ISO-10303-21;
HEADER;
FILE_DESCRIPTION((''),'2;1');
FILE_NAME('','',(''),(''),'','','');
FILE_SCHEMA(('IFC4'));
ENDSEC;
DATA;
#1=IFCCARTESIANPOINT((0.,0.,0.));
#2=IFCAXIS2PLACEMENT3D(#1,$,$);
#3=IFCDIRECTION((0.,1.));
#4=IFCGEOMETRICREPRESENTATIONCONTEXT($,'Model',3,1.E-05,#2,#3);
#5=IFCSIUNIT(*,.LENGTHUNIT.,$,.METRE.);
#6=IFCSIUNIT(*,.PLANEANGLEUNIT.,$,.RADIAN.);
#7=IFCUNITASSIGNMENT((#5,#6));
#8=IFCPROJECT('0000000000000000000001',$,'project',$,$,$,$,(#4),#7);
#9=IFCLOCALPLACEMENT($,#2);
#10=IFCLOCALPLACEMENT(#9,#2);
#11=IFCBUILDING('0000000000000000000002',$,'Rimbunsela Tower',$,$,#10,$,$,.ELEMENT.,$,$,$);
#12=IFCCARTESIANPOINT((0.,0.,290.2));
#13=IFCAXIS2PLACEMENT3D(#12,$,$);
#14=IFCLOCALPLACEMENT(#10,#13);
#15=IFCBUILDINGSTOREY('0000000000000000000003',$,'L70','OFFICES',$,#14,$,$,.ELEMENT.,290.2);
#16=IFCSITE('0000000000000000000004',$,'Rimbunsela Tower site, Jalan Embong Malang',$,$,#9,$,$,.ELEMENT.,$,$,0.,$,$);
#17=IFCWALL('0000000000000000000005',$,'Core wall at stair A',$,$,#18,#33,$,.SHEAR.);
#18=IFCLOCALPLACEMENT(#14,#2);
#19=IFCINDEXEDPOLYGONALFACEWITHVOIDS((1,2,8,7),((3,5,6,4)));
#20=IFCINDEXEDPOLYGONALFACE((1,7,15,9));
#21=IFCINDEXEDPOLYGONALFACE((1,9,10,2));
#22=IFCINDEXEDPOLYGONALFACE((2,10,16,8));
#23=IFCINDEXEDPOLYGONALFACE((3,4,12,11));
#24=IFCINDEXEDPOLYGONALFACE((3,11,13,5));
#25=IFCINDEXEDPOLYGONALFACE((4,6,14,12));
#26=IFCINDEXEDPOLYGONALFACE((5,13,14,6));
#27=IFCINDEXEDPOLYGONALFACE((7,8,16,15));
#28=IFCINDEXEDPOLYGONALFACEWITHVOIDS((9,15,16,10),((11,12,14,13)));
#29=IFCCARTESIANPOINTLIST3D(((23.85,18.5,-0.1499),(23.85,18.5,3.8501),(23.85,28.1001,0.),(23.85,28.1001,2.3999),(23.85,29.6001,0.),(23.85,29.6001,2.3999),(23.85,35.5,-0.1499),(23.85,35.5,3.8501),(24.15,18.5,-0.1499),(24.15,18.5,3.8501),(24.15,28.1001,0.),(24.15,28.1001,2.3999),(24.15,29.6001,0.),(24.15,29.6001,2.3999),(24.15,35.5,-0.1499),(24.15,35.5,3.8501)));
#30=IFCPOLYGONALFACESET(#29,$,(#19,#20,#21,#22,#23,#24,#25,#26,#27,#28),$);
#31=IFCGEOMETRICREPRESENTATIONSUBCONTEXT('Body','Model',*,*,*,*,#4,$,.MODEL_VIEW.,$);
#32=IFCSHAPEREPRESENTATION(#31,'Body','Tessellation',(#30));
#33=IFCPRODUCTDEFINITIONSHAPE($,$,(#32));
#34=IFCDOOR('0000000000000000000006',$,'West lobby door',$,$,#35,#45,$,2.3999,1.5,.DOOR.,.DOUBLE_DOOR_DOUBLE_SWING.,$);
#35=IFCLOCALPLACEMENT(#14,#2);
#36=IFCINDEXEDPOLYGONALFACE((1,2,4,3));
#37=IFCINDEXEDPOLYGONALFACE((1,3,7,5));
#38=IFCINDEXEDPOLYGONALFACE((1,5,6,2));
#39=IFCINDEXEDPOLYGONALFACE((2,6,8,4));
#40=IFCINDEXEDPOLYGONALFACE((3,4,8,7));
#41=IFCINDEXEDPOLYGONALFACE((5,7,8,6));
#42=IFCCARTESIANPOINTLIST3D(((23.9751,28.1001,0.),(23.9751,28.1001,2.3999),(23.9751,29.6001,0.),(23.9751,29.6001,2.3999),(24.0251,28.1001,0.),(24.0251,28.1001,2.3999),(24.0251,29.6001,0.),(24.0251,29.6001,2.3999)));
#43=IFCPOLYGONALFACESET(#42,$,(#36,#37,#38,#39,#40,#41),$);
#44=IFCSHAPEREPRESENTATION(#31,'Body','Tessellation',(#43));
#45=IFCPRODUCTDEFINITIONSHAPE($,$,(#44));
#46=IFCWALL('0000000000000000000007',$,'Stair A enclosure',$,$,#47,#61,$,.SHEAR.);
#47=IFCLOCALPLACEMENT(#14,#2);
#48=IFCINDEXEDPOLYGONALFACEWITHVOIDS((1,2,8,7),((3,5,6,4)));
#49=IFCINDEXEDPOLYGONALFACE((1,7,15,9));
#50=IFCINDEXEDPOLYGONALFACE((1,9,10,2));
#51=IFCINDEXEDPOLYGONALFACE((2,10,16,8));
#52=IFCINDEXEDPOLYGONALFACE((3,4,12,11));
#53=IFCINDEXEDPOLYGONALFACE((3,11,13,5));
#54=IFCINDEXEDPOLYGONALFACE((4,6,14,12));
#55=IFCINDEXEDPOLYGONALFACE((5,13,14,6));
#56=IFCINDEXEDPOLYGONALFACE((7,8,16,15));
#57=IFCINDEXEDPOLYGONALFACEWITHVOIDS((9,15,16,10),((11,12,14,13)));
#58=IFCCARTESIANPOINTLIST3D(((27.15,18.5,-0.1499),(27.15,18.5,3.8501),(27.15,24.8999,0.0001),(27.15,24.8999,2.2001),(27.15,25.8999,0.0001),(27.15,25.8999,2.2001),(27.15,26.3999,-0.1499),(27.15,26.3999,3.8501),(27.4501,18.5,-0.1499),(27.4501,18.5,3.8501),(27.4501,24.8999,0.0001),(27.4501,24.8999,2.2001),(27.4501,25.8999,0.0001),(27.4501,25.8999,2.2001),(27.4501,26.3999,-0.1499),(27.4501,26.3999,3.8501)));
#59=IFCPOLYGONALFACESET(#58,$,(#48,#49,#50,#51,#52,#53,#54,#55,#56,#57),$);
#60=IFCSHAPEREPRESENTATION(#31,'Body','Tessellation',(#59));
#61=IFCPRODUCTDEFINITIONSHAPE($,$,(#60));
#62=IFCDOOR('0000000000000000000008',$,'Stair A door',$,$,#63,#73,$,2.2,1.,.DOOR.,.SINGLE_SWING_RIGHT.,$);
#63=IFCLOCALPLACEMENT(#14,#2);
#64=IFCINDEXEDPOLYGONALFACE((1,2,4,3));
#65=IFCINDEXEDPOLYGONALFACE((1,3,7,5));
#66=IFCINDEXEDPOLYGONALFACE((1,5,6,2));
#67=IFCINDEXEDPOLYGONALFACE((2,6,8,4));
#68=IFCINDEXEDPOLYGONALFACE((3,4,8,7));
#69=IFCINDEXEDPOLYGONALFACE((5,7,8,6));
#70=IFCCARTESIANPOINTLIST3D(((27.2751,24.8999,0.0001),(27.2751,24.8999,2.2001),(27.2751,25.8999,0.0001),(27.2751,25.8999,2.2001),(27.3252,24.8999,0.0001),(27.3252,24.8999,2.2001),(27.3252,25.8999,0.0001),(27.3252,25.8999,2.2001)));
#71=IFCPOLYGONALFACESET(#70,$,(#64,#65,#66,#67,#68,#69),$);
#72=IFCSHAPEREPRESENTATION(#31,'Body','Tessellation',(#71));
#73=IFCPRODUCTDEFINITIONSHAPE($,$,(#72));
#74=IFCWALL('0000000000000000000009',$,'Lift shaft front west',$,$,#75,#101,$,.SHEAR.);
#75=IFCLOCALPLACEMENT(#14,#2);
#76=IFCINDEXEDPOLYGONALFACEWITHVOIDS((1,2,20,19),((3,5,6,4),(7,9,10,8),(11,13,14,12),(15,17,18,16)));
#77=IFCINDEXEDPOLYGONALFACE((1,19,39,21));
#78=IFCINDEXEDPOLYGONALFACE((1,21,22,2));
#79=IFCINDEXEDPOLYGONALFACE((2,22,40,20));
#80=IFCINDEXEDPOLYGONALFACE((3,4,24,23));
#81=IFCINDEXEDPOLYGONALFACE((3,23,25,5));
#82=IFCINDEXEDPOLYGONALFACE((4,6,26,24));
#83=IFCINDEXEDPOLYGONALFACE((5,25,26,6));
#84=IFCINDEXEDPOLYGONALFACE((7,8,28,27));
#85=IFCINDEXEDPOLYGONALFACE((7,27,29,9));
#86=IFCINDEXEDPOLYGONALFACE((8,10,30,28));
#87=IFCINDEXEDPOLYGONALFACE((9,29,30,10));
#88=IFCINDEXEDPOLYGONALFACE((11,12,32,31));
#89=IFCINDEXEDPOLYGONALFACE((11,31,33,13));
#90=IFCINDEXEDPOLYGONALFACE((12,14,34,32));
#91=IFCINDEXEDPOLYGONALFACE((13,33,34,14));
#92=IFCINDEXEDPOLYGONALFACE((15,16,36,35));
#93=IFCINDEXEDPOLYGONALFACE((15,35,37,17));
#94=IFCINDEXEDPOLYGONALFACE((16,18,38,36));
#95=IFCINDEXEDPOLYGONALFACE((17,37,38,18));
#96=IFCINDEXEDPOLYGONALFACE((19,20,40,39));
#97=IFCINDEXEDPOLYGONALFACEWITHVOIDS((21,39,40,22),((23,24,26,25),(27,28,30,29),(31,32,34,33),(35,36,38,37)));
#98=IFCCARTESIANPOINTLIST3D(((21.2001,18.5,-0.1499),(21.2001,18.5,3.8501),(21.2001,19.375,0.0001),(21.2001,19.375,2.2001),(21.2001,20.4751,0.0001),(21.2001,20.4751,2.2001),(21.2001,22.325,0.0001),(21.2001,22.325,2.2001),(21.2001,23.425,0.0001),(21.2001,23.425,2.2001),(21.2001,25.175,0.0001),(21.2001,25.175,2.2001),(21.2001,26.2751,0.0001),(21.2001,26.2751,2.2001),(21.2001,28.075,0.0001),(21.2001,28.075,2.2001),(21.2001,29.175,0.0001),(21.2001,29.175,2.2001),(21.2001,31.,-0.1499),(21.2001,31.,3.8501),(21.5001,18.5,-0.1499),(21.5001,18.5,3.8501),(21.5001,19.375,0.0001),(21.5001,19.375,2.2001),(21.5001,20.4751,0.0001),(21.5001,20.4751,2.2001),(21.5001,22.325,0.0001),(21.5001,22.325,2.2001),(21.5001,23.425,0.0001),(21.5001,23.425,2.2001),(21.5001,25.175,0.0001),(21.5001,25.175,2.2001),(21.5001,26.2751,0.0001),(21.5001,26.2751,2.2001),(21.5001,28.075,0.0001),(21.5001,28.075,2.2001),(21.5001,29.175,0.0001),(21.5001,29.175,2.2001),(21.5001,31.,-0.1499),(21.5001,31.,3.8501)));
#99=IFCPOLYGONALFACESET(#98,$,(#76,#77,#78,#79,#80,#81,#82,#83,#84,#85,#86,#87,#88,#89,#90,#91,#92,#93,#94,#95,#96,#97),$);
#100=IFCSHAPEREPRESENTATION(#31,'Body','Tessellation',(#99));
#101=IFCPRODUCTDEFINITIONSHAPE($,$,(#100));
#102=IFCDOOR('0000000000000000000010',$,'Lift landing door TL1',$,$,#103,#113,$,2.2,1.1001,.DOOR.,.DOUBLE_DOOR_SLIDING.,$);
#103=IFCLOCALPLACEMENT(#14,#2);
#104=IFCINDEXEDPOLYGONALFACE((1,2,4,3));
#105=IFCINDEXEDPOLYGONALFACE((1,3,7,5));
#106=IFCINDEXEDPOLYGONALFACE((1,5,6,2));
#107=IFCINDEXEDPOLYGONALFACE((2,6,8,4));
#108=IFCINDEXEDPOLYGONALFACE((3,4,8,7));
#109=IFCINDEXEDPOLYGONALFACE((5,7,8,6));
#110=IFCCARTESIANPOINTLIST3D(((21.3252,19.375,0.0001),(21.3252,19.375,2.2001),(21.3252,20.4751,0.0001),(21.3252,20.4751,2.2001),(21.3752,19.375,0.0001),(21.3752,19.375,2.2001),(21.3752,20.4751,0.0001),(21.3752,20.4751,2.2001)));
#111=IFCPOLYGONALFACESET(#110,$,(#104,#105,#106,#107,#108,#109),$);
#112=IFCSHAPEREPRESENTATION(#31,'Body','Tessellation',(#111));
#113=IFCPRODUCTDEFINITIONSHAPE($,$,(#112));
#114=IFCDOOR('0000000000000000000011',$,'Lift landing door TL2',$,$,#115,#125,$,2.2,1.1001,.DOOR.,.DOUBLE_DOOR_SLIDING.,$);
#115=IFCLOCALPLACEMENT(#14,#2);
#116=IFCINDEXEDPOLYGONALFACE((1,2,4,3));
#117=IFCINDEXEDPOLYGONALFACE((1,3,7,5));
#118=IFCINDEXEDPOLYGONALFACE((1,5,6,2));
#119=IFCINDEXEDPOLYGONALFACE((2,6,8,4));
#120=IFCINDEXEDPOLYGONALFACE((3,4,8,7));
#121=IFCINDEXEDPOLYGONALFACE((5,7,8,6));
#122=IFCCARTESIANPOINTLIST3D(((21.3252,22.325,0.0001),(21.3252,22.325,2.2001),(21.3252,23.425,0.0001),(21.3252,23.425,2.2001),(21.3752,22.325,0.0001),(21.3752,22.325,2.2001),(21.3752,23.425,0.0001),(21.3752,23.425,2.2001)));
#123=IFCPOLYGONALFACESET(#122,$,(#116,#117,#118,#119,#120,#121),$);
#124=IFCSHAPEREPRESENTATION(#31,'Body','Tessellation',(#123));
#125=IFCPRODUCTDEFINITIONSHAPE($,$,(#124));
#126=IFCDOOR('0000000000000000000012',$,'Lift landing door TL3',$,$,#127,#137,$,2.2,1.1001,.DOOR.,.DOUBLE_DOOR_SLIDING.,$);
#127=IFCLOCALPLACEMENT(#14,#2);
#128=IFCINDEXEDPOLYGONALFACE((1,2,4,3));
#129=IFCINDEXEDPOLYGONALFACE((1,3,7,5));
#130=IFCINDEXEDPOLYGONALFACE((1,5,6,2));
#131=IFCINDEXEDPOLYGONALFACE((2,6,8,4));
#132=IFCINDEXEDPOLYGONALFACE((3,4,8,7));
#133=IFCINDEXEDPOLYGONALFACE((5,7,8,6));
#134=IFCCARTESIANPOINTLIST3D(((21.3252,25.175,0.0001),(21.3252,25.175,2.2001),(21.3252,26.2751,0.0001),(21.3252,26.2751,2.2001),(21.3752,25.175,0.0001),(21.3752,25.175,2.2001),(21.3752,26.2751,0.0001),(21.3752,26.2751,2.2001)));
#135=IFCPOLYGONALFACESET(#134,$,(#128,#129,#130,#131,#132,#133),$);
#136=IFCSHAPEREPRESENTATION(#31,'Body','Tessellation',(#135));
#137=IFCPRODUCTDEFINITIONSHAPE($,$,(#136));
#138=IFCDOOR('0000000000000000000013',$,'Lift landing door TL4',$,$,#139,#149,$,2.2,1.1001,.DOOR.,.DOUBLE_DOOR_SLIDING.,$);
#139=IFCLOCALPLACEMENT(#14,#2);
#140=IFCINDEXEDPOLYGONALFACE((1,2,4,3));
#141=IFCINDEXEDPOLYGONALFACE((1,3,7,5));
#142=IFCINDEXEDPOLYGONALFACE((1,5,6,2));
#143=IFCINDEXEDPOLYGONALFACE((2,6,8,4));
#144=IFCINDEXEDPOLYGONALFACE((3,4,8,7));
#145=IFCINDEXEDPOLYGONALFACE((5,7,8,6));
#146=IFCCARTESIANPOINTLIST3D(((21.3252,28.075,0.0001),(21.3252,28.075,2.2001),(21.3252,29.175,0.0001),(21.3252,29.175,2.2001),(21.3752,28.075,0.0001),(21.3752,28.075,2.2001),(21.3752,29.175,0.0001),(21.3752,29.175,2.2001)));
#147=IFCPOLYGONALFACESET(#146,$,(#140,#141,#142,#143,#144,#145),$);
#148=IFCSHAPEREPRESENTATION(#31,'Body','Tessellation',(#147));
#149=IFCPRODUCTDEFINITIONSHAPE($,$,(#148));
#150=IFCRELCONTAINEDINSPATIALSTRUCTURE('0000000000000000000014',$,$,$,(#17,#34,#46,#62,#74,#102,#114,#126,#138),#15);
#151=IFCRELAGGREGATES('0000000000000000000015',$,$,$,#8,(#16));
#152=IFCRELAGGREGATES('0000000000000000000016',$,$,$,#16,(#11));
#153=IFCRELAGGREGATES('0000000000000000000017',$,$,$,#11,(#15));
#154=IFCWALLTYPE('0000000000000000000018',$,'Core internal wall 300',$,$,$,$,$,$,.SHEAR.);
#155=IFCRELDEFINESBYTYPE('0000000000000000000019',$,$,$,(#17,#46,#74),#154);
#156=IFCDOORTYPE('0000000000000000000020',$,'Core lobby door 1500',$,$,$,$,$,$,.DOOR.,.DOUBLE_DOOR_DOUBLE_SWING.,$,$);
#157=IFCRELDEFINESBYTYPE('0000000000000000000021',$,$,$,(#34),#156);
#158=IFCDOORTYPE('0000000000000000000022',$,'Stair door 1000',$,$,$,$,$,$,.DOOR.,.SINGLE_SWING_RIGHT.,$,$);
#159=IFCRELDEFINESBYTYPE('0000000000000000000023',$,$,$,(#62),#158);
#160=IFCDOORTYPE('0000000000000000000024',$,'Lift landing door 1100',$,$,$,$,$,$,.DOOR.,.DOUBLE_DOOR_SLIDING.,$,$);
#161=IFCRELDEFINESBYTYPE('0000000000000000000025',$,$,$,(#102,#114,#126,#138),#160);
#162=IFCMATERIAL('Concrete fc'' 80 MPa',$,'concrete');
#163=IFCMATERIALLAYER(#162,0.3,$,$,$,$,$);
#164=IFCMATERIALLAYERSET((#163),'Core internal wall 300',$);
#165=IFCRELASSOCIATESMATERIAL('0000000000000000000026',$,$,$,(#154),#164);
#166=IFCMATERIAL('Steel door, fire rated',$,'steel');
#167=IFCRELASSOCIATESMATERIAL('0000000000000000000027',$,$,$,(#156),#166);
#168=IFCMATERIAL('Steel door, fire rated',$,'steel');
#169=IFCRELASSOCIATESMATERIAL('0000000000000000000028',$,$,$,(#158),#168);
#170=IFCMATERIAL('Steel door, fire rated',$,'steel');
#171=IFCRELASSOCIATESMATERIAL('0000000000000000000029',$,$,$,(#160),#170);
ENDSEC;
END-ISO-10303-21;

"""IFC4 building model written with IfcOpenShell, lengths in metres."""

from ifc_helpers import new_model, si_unit, direction, frame, frame_2d, origin, place, context, subcontext, project, spatial, rectangle, extrude, material, layer, layer_set, type_object, element, fill, save


model = new_model("IFC4")

# Units and contexts
model_context = context("Model", 3, precision=1e-05, world=origin(), true_north=direction((0.0, 1.0)))
body_context = subcontext(model_context, "Body", "Model", "MODEL_VIEW")
ifc_project = project(units=[si_unit("LENGTHUNIT", "METRE"), si_unit("PLANEANGLEUNIT", "RADIAN")], contexts=[model_context])

# Site, building, storey
site_placement = place(None, origin())
site = spatial("IfcSite", under=ifc_project, at=site_placement, Name="Rimbunsela Tower site, Jalan Embong Malang", CompositionType="ELEMENT", RefElevation=0.0)
building_placement = place(site_placement, origin())
building = spatial("IfcBuilding", under=site, at=building_placement, Name="Rimbunsela Tower", CompositionType="ELEMENT")
storey_placement = place(building_placement, frame((0.0, 0.0, 290.2)))
storey = spatial("IfcBuildingStorey", under=building, at=storey_placement, Name="L70", Description="OFFICES", CompositionType="ELEMENT", Elevation=290.2)

# Walls, openings, doors
ifc_material_1 = material(Name="Concrete fc' 80 MPa", Category="concrete")
ifc_layer_1 = layer(ifc_material_1, 0.3)
ifc_layer_set_1 = layer_set([ifc_layer_1], Name="Core internal wall 300")
wall_type_1 = type_object("IfcWallType", Name="Core internal wall 300", PredefinedType="SHEAR", material=ifc_layer_set_1)
wall_1_placement = place(storey_placement, frame((24.0, 18.5, -0.1499), z_axis=(0.0, 0.0, 1.0), x_axis=(0.0, 1.0, 0.0)))
wall_1 = element("IfcWall", 1, at=wall_1_placement, inside=storey, type_object=wall_type_1, Name="Core wall at stair A", PredefinedType="SHEAR", context=body_context, shape_type="SweptSolid", body=[
    extrude(rectangle(XDim=17.0, YDim=0.3, at=frame_2d((8.5, 0.0))), origin(), (0.0, 0.0, 1.0), 4.0),
])
opening_1_placement = place(wall_1_placement, frame((9.6001, 0.0, 0.1499)))
opening_1 = element("IfcOpeningElement", 2, at=opening_1_placement, cuts=wall_1, PredefinedType="OPENING", context=body_context, shape_type="SweptSolid", body=[
    extrude(rectangle(XDim=1.5, YDim=2.3999, at=frame_2d((0.75, 1.2))), frame((0.0, 0.1599, 0.0), z_axis=(0.0, -1.0, 0.0), x_axis=(1.0, 0.0, 0.0)), (0.0, 0.0, 1.0), 0.3201),
])
ifc_material_2 = material(Name="Steel door, fire rated", Category="steel")
door_type_1 = type_object("IfcDoorType", Name="Core lobby door 1500", OperationType="DOUBLE_DOOR_DOUBLE_SWING", PredefinedType="DOOR", material=ifc_material_2)
door_1_placement = place(opening_1_placement, origin())
door_1 = element("IfcDoor", 3, at=door_1_placement, inside=storey, type_object=door_type_1, Name="West lobby door", OperationType="DOUBLE_DOOR_DOUBLE_SWING", OverallHeight=2.3999, OverallWidth=1.5, PredefinedType="DOOR", context=body_context, shape_type="SweptSolid", body=[
    extrude(rectangle(XDim=1.5, YDim=2.3999, at=frame_2d((0.75, 1.2))), frame((0.0, 0.0249, 0.0), z_axis=(0.0, -1.0, 0.0), x_axis=(1.0, 0.0, 0.0)), (0.0, 0.0, 1.0), 0.05),
])
fill(opening_1, door_1)
wall_2_placement = place(storey_placement, frame((27.3, 18.5, -0.1499), z_axis=(0.0, 0.0, 1.0), x_axis=(0.0, 1.0, 0.0)))
wall_2 = element("IfcWall", 4, at=wall_2_placement, inside=storey, type_object=wall_type_1, Name="Stair A enclosure", PredefinedType="SHEAR", context=body_context, shape_type="SweptSolid", body=[
    extrude(rectangle(XDim=7.8999, YDim=0.3, at=frame_2d((3.95, 0.0))), origin(), (0.0, 0.0, 1.0), 4.0),
])
opening_2_placement = place(wall_2_placement, frame((6.3999, 0.0, 0.1499)))
opening_2 = element("IfcOpeningElement", 5, at=opening_2_placement, cuts=wall_2, PredefinedType="OPENING", context=body_context, shape_type="SweptSolid", body=[
    extrude(rectangle(XDim=1.0, YDim=2.2, at=frame_2d((0.5, 1.1001))), frame((0.0, 0.1599, 0.0), z_axis=(0.0, -1.0, 0.0), x_axis=(1.0, 0.0, 0.0)), (0.0, 0.0, 1.0), 0.3201),
])
ifc_material_3 = material(Name="Steel door, fire rated", Category="steel")
door_type_2 = type_object("IfcDoorType", Name="Stair door 1000", OperationType="SINGLE_SWING_RIGHT", PredefinedType="DOOR", material=ifc_material_3)
door_2_placement = place(opening_2_placement, origin())
door_2 = element("IfcDoor", 6, at=door_2_placement, inside=storey, type_object=door_type_2, Name="Stair A door", OperationType="SINGLE_SWING_RIGHT", OverallHeight=2.2, OverallWidth=1.0, PredefinedType="DOOR", context=body_context, shape_type="SweptSolid", body=[
    extrude(rectangle(XDim=1.0, YDim=2.2, at=frame_2d((0.5, 1.1001))), frame((0.0, 0.0249, 0.0), z_axis=(0.0, -1.0, 0.0), x_axis=(1.0, 0.0, 0.0)), (0.0, 0.0, 1.0), 0.05),
])
fill(opening_2, door_2)

# Wall, openings, doors
wall_3_placement = place(storey_placement, frame((21.3501, 18.5, -0.1499), z_axis=(0.0, 0.0, 1.0), x_axis=(0.0, 1.0, 0.0)))
wall_3 = element("IfcWall", 7, at=wall_3_placement, inside=storey, type_object=wall_type_1, Name="Lift shaft front west", PredefinedType="SHEAR", context=body_context, shape_type="SweptSolid", body=[
    extrude(rectangle(XDim=12.5, YDim=0.3, at=frame_2d((6.25, 0.0))), origin(), (0.0, 0.0, 1.0), 4.0),
])
opening_3_placement = place(wall_3_placement, frame((0.875, 0.0, 0.1499)))
opening_3 = element("IfcOpeningElement", 8, at=opening_3_placement, cuts=wall_3, PredefinedType="OPENING", context=body_context, shape_type="SweptSolid", body=[
    extrude(rectangle(XDim=1.1001, YDim=2.2, at=frame_2d((0.55, 1.1001))), frame((0.0, 0.1599, 0.0), z_axis=(0.0, -1.0, 0.0), x_axis=(1.0, 0.0, 0.0)), (0.0, 0.0, 1.0), 0.3201),
])
opening_4_placement = place(wall_3_placement, frame((3.825, 0.0, 0.1499)))
opening_4 = element("IfcOpeningElement", 9, at=opening_4_placement, cuts=wall_3, PredefinedType="OPENING", context=body_context, shape_type="SweptSolid", body=[
    extrude(rectangle(XDim=1.1001, YDim=2.2, at=frame_2d((0.55, 1.1001))), frame((0.0, 0.1599, 0.0), z_axis=(0.0, -1.0, 0.0), x_axis=(1.0, 0.0, 0.0)), (0.0, 0.0, 1.0), 0.3201),
])
opening_5_placement = place(wall_3_placement, frame((6.675, 0.0, 0.1499)))
opening_5 = element("IfcOpeningElement", 10, at=opening_5_placement, cuts=wall_3, PredefinedType="OPENING", context=body_context, shape_type="SweptSolid", body=[
    extrude(rectangle(XDim=1.1001, YDim=2.2, at=frame_2d((0.55, 1.1001))), frame((0.0, 0.1599, 0.0), z_axis=(0.0, -1.0, 0.0), x_axis=(1.0, 0.0, 0.0)), (0.0, 0.0, 1.0), 0.3201),
])
opening_6_placement = place(wall_3_placement, frame((9.575, 0.0, 0.1499)))
opening_6 = element("IfcOpeningElement", 11, at=opening_6_placement, cuts=wall_3, PredefinedType="OPENING", context=body_context, shape_type="SweptSolid", body=[
    extrude(rectangle(XDim=1.1001, YDim=2.2, at=frame_2d((0.55, 1.1001))), frame((0.0, 0.1599, 0.0), z_axis=(0.0, -1.0, 0.0), x_axis=(1.0, 0.0, 0.0)), (0.0, 0.0, 1.0), 0.3201),
])
ifc_material_4 = material(Name="Steel door, fire rated", Category="steel")
door_type_3 = type_object("IfcDoorType", Name="Lift landing door 1100", OperationType="DOUBLE_DOOR_SLIDING", PredefinedType="DOOR", material=ifc_material_4)
door_3_placement = place(opening_3_placement, origin())
door_3 = element("IfcDoor", 12, at=door_3_placement, inside=storey, type_object=door_type_3, Name="Lift landing door TL1", OperationType="DOUBLE_DOOR_SLIDING", OverallHeight=2.2, OverallWidth=1.1001, PredefinedType="DOOR", context=body_context, shape_type="SweptSolid", body=[
    extrude(rectangle(XDim=1.1001, YDim=2.2, at=frame_2d((0.55, 1.1001))), frame((0.0, 0.0249, 0.0), z_axis=(0.0, -1.0, 0.0), x_axis=(1.0, 0.0, 0.0)), (0.0, 0.0, 1.0), 0.05),
])
fill(opening_3, door_3)
door_4_placement = place(opening_4_placement, origin())
door_4 = element("IfcDoor", 13, at=door_4_placement, inside=storey, type_object=door_type_3, Name="Lift landing door TL2", OperationType="DOUBLE_DOOR_SLIDING", OverallHeight=2.2, OverallWidth=1.1001, PredefinedType="DOOR", context=body_context, shape_type="SweptSolid", body=[
    extrude(rectangle(XDim=1.1001, YDim=2.2, at=frame_2d((0.55, 1.1001))), frame((0.0, 0.0249, 0.0), z_axis=(0.0, -1.0, 0.0), x_axis=(1.0, 0.0, 0.0)), (0.0, 0.0, 1.0), 0.05),
])
fill(opening_4, door_4)
door_5_placement = place(opening_5_placement, origin())
door_5 = element("IfcDoor", 14, at=door_5_placement, inside=storey, type_object=door_type_3, Name="Lift landing door TL3", OperationType="DOUBLE_DOOR_SLIDING", OverallHeight=2.2, OverallWidth=1.1001, PredefinedType="DOOR", context=body_context, shape_type="SweptSolid", body=[
    extrude(rectangle(XDim=1.1001, YDim=2.2, at=frame_2d((0.55, 1.1001))), frame((0.0, 0.0249, 0.0), z_axis=(0.0, -1.0, 0.0), x_axis=(1.0, 0.0, 0.0)), (0.0, 0.0, 1.0), 0.05),
])
fill(opening_5, door_5)
door_6_placement = place(opening_6_placement, origin())
door_6 = element("IfcDoor", 15, at=door_6_placement, inside=storey, type_object=door_type_3, Name="Lift landing door TL4", OperationType="DOUBLE_DOOR_SLIDING", OverallHeight=2.2, OverallWidth=1.1001, PredefinedType="DOOR", context=body_context, shape_type="SweptSolid", body=[
    extrude(rectangle(XDim=1.1001, YDim=2.2, at=frame_2d((0.55, 1.1001))), frame((0.0, 0.0249, 0.0), z_axis=(0.0, -1.0, 0.0), x_axis=(1.0, 0.0, 0.0)), (0.0, 0.0, 1.0), 0.05),
])
fill(opening_6, door_6)

save(model, "model.ifc")
